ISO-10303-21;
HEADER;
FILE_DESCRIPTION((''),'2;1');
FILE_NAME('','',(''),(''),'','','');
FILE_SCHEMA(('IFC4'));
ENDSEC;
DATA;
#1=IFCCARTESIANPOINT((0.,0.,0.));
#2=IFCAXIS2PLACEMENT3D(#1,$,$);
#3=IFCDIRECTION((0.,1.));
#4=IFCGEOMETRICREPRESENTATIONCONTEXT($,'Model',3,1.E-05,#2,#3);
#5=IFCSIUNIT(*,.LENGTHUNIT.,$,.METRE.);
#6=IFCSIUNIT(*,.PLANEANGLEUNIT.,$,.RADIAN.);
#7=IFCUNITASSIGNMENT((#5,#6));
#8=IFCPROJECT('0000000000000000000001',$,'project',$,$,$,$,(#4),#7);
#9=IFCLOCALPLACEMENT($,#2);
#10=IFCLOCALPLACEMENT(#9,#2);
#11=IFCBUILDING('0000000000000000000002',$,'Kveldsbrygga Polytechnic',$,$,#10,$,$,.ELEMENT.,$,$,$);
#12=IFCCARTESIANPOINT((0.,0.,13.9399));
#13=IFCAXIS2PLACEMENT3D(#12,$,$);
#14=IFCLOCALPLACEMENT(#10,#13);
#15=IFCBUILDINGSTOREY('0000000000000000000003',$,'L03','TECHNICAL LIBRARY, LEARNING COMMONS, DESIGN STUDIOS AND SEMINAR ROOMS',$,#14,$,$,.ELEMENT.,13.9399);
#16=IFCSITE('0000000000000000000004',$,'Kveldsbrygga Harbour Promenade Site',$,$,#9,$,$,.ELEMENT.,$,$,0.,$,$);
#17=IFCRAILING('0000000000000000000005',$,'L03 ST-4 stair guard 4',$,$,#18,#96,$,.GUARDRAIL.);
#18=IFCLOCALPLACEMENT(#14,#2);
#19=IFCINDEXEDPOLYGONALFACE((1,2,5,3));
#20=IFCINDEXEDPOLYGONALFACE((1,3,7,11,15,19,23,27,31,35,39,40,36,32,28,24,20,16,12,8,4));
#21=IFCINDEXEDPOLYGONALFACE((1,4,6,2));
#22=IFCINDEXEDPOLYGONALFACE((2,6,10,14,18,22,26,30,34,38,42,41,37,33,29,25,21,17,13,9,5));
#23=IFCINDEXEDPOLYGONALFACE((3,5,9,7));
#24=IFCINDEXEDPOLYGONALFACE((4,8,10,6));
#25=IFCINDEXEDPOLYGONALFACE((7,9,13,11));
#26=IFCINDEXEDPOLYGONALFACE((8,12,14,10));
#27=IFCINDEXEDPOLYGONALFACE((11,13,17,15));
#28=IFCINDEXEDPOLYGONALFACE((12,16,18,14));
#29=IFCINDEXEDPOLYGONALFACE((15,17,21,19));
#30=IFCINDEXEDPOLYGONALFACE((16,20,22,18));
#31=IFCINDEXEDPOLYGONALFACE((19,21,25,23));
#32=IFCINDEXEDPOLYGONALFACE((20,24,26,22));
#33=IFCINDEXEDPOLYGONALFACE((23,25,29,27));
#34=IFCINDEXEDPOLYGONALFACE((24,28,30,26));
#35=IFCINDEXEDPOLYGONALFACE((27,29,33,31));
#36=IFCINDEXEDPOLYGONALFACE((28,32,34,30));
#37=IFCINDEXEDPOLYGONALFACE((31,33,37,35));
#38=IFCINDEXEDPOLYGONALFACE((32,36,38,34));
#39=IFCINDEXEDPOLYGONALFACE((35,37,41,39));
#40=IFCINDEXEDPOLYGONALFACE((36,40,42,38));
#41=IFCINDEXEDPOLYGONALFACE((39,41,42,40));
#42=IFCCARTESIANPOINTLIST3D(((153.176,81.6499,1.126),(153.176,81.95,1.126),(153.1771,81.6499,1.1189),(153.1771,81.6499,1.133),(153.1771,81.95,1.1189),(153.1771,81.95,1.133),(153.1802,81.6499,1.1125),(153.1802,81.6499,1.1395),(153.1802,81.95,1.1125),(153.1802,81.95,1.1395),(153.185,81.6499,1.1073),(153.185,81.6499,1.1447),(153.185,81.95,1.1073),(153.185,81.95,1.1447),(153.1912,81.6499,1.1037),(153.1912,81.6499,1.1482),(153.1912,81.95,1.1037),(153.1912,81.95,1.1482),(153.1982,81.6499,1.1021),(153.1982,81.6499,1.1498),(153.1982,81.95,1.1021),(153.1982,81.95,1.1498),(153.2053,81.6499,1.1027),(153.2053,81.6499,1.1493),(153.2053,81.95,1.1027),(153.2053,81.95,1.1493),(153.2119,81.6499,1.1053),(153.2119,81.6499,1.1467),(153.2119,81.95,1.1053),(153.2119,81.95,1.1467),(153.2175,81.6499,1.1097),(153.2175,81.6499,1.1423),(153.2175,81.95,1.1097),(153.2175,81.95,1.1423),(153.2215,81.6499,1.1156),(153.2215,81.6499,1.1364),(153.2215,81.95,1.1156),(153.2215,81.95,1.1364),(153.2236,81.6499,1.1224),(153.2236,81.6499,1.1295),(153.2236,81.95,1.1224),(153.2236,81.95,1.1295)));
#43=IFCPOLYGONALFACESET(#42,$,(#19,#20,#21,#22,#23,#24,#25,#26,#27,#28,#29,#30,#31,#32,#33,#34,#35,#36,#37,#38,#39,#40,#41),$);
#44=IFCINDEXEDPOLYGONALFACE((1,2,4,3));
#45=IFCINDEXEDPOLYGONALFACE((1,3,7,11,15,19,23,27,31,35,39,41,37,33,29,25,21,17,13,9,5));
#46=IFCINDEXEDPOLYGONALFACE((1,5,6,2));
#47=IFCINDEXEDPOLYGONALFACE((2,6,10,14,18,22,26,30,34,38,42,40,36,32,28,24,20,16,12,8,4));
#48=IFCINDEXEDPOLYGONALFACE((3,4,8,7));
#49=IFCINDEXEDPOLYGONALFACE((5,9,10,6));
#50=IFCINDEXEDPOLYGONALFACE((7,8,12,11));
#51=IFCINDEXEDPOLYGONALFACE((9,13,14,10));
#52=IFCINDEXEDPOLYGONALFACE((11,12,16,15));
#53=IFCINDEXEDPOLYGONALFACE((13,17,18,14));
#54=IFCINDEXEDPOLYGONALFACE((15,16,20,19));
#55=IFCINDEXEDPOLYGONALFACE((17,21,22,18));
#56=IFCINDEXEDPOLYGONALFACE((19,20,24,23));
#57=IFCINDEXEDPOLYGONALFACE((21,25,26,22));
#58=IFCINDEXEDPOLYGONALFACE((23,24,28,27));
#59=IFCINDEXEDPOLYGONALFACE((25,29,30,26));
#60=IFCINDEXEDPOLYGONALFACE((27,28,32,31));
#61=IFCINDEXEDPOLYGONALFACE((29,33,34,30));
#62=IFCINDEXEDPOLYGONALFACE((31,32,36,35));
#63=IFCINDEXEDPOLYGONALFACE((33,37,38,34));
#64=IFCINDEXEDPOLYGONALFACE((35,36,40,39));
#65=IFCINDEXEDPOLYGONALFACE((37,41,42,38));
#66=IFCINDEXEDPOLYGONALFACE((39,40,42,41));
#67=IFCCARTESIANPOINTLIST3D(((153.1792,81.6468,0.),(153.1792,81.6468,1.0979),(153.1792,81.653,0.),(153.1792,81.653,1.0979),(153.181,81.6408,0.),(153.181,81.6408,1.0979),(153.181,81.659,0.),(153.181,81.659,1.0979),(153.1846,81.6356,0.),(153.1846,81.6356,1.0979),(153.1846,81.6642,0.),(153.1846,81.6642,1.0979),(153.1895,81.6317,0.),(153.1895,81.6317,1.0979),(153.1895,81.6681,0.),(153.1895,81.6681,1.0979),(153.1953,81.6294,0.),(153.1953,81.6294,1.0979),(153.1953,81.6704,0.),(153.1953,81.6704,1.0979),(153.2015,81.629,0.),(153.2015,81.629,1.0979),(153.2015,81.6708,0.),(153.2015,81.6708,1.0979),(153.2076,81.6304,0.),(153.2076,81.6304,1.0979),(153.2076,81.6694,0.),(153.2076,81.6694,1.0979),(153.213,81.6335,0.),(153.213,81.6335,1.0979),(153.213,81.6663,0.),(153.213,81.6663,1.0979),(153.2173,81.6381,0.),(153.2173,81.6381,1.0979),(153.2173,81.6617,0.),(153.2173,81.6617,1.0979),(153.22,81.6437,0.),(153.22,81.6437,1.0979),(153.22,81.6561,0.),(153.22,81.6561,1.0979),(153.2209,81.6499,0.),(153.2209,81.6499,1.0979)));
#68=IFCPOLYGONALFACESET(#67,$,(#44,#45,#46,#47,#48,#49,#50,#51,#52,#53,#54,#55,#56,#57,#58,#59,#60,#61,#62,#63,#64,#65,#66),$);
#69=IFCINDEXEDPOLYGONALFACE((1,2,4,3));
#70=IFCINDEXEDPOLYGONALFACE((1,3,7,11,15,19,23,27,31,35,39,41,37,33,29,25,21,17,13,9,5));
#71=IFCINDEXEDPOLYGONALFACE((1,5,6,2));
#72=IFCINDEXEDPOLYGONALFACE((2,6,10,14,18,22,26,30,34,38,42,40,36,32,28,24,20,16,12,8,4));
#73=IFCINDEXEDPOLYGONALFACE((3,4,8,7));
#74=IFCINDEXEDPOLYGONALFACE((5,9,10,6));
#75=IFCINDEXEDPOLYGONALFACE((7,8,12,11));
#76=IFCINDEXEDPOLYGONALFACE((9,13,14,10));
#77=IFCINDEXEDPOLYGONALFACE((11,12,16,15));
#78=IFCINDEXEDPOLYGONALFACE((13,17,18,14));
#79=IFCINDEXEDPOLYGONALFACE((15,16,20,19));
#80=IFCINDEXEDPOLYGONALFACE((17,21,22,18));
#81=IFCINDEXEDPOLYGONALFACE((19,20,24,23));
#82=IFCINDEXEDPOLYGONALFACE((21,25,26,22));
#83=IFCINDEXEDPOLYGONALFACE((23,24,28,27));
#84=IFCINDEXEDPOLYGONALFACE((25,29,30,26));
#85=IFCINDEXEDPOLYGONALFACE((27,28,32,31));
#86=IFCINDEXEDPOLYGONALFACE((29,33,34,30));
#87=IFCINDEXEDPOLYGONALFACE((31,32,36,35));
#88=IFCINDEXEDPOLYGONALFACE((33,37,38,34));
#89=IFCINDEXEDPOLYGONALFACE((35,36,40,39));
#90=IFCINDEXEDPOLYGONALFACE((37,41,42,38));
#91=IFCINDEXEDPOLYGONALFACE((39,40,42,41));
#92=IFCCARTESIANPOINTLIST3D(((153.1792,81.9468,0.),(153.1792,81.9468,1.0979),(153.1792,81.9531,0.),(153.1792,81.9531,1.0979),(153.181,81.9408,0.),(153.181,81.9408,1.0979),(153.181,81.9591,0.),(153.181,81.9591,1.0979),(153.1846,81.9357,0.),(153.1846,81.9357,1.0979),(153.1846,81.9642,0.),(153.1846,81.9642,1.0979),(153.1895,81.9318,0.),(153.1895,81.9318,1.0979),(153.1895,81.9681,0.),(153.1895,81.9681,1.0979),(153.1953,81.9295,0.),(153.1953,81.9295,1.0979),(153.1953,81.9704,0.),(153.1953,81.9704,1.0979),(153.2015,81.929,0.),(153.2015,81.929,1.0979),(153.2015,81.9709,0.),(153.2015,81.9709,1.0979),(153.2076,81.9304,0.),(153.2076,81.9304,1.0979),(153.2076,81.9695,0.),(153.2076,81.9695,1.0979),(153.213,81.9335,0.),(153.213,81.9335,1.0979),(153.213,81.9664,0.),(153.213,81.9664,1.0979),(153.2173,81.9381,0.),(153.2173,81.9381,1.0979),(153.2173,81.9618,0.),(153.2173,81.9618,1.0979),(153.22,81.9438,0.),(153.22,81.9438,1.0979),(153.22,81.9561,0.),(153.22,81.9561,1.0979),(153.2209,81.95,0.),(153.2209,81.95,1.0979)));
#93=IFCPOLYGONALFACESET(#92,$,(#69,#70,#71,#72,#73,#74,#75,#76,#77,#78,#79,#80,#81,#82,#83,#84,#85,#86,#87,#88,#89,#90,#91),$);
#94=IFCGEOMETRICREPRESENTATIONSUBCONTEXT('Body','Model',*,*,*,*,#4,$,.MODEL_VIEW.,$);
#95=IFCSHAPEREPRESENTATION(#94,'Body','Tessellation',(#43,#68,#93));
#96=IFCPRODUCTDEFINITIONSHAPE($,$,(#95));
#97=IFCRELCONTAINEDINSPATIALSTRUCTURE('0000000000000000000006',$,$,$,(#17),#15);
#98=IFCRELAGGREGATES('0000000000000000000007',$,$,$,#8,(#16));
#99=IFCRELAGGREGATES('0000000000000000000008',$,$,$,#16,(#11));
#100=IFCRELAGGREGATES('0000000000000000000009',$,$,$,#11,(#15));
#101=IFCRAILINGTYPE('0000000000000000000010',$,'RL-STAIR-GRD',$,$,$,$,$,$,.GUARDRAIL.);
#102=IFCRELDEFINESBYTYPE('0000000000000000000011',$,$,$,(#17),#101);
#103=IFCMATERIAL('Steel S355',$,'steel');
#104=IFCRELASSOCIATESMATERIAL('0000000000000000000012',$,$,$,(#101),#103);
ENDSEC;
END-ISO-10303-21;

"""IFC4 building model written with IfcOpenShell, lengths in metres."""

from ifc_helpers import new_model, si_unit, direction, frame, origin, origin_2d, place, context, subcontext, project, spatial, circle, extrude, material, type_object, element, save


model = new_model("IFC4")

# Units and contexts
model_context = context("Model", 3, precision=1e-05, world=origin(), true_north=direction((0.0, 1.0)))
body_context = subcontext(model_context, "Body", "Model", "MODEL_VIEW")
ifc_project = project(units=[si_unit("LENGTHUNIT", "METRE"), si_unit("PLANEANGLEUNIT", "RADIAN")], contexts=[model_context])

# Site, building, storey
site_placement = place(None, origin())
site = spatial("IfcSite", under=ifc_project, at=site_placement, Name="Kveldsbrygga Harbour Promenade Site", CompositionType="ELEMENT", RefElevation=0.0)
building_placement = place(site_placement, origin())
building = spatial("IfcBuilding", under=site, at=building_placement, Name="Kveldsbrygga Polytechnic", CompositionType="ELEMENT")
storey_placement = place(building_placement, frame((0.0, 0.0, 13.9399)))
storey = spatial("IfcBuildingStorey", under=building, at=storey_placement, Name="L03", Description="TECHNICAL LIBRARY, LEARNING COMMONS, DESIGN STUDIOS AND SEMINAR ROOMS", CompositionType="ELEMENT", Elevation=13.9399)

# Railing
ifc_material_1 = material(Name="Steel S355", Category="steel")
railing_type_1 = type_object("IfcRailingType", Name="RL-STAIR-GRD", PredefinedType="GUARDRAIL", material=ifc_material_1)
railing_1_placement = place(storey_placement, frame((153.2, 81.6499, 0.0)))
element("IfcRailing", 1, at=railing_1_placement, inside=storey, type_object=railing_type_1, Name="L03 ST-4 stair guard 4", PredefinedType="GUARDRAIL", context=body_context, shape_type="SweptSolid", body=[
    extrude(circle(Radius=0.0239, at=origin_2d()), frame((0.0, 0.0, 1.126), z_axis=(0.0, 1.0, 0.0), x_axis=(-1.0, 0.0, 0.0)), (0.0, 0.0, 1.0), 0.3),
    extrude(circle(Radius=0.021, at=origin_2d()), origin(), (0.0, 0.0, 1.0), 1.0979),
    extrude(circle(Radius=0.021, at=origin_2d()), frame((0.0, 0.3, 0.0)), (0.0, 0.0, 1.0), 1.0979),
])

save(model, "model.ifc")
